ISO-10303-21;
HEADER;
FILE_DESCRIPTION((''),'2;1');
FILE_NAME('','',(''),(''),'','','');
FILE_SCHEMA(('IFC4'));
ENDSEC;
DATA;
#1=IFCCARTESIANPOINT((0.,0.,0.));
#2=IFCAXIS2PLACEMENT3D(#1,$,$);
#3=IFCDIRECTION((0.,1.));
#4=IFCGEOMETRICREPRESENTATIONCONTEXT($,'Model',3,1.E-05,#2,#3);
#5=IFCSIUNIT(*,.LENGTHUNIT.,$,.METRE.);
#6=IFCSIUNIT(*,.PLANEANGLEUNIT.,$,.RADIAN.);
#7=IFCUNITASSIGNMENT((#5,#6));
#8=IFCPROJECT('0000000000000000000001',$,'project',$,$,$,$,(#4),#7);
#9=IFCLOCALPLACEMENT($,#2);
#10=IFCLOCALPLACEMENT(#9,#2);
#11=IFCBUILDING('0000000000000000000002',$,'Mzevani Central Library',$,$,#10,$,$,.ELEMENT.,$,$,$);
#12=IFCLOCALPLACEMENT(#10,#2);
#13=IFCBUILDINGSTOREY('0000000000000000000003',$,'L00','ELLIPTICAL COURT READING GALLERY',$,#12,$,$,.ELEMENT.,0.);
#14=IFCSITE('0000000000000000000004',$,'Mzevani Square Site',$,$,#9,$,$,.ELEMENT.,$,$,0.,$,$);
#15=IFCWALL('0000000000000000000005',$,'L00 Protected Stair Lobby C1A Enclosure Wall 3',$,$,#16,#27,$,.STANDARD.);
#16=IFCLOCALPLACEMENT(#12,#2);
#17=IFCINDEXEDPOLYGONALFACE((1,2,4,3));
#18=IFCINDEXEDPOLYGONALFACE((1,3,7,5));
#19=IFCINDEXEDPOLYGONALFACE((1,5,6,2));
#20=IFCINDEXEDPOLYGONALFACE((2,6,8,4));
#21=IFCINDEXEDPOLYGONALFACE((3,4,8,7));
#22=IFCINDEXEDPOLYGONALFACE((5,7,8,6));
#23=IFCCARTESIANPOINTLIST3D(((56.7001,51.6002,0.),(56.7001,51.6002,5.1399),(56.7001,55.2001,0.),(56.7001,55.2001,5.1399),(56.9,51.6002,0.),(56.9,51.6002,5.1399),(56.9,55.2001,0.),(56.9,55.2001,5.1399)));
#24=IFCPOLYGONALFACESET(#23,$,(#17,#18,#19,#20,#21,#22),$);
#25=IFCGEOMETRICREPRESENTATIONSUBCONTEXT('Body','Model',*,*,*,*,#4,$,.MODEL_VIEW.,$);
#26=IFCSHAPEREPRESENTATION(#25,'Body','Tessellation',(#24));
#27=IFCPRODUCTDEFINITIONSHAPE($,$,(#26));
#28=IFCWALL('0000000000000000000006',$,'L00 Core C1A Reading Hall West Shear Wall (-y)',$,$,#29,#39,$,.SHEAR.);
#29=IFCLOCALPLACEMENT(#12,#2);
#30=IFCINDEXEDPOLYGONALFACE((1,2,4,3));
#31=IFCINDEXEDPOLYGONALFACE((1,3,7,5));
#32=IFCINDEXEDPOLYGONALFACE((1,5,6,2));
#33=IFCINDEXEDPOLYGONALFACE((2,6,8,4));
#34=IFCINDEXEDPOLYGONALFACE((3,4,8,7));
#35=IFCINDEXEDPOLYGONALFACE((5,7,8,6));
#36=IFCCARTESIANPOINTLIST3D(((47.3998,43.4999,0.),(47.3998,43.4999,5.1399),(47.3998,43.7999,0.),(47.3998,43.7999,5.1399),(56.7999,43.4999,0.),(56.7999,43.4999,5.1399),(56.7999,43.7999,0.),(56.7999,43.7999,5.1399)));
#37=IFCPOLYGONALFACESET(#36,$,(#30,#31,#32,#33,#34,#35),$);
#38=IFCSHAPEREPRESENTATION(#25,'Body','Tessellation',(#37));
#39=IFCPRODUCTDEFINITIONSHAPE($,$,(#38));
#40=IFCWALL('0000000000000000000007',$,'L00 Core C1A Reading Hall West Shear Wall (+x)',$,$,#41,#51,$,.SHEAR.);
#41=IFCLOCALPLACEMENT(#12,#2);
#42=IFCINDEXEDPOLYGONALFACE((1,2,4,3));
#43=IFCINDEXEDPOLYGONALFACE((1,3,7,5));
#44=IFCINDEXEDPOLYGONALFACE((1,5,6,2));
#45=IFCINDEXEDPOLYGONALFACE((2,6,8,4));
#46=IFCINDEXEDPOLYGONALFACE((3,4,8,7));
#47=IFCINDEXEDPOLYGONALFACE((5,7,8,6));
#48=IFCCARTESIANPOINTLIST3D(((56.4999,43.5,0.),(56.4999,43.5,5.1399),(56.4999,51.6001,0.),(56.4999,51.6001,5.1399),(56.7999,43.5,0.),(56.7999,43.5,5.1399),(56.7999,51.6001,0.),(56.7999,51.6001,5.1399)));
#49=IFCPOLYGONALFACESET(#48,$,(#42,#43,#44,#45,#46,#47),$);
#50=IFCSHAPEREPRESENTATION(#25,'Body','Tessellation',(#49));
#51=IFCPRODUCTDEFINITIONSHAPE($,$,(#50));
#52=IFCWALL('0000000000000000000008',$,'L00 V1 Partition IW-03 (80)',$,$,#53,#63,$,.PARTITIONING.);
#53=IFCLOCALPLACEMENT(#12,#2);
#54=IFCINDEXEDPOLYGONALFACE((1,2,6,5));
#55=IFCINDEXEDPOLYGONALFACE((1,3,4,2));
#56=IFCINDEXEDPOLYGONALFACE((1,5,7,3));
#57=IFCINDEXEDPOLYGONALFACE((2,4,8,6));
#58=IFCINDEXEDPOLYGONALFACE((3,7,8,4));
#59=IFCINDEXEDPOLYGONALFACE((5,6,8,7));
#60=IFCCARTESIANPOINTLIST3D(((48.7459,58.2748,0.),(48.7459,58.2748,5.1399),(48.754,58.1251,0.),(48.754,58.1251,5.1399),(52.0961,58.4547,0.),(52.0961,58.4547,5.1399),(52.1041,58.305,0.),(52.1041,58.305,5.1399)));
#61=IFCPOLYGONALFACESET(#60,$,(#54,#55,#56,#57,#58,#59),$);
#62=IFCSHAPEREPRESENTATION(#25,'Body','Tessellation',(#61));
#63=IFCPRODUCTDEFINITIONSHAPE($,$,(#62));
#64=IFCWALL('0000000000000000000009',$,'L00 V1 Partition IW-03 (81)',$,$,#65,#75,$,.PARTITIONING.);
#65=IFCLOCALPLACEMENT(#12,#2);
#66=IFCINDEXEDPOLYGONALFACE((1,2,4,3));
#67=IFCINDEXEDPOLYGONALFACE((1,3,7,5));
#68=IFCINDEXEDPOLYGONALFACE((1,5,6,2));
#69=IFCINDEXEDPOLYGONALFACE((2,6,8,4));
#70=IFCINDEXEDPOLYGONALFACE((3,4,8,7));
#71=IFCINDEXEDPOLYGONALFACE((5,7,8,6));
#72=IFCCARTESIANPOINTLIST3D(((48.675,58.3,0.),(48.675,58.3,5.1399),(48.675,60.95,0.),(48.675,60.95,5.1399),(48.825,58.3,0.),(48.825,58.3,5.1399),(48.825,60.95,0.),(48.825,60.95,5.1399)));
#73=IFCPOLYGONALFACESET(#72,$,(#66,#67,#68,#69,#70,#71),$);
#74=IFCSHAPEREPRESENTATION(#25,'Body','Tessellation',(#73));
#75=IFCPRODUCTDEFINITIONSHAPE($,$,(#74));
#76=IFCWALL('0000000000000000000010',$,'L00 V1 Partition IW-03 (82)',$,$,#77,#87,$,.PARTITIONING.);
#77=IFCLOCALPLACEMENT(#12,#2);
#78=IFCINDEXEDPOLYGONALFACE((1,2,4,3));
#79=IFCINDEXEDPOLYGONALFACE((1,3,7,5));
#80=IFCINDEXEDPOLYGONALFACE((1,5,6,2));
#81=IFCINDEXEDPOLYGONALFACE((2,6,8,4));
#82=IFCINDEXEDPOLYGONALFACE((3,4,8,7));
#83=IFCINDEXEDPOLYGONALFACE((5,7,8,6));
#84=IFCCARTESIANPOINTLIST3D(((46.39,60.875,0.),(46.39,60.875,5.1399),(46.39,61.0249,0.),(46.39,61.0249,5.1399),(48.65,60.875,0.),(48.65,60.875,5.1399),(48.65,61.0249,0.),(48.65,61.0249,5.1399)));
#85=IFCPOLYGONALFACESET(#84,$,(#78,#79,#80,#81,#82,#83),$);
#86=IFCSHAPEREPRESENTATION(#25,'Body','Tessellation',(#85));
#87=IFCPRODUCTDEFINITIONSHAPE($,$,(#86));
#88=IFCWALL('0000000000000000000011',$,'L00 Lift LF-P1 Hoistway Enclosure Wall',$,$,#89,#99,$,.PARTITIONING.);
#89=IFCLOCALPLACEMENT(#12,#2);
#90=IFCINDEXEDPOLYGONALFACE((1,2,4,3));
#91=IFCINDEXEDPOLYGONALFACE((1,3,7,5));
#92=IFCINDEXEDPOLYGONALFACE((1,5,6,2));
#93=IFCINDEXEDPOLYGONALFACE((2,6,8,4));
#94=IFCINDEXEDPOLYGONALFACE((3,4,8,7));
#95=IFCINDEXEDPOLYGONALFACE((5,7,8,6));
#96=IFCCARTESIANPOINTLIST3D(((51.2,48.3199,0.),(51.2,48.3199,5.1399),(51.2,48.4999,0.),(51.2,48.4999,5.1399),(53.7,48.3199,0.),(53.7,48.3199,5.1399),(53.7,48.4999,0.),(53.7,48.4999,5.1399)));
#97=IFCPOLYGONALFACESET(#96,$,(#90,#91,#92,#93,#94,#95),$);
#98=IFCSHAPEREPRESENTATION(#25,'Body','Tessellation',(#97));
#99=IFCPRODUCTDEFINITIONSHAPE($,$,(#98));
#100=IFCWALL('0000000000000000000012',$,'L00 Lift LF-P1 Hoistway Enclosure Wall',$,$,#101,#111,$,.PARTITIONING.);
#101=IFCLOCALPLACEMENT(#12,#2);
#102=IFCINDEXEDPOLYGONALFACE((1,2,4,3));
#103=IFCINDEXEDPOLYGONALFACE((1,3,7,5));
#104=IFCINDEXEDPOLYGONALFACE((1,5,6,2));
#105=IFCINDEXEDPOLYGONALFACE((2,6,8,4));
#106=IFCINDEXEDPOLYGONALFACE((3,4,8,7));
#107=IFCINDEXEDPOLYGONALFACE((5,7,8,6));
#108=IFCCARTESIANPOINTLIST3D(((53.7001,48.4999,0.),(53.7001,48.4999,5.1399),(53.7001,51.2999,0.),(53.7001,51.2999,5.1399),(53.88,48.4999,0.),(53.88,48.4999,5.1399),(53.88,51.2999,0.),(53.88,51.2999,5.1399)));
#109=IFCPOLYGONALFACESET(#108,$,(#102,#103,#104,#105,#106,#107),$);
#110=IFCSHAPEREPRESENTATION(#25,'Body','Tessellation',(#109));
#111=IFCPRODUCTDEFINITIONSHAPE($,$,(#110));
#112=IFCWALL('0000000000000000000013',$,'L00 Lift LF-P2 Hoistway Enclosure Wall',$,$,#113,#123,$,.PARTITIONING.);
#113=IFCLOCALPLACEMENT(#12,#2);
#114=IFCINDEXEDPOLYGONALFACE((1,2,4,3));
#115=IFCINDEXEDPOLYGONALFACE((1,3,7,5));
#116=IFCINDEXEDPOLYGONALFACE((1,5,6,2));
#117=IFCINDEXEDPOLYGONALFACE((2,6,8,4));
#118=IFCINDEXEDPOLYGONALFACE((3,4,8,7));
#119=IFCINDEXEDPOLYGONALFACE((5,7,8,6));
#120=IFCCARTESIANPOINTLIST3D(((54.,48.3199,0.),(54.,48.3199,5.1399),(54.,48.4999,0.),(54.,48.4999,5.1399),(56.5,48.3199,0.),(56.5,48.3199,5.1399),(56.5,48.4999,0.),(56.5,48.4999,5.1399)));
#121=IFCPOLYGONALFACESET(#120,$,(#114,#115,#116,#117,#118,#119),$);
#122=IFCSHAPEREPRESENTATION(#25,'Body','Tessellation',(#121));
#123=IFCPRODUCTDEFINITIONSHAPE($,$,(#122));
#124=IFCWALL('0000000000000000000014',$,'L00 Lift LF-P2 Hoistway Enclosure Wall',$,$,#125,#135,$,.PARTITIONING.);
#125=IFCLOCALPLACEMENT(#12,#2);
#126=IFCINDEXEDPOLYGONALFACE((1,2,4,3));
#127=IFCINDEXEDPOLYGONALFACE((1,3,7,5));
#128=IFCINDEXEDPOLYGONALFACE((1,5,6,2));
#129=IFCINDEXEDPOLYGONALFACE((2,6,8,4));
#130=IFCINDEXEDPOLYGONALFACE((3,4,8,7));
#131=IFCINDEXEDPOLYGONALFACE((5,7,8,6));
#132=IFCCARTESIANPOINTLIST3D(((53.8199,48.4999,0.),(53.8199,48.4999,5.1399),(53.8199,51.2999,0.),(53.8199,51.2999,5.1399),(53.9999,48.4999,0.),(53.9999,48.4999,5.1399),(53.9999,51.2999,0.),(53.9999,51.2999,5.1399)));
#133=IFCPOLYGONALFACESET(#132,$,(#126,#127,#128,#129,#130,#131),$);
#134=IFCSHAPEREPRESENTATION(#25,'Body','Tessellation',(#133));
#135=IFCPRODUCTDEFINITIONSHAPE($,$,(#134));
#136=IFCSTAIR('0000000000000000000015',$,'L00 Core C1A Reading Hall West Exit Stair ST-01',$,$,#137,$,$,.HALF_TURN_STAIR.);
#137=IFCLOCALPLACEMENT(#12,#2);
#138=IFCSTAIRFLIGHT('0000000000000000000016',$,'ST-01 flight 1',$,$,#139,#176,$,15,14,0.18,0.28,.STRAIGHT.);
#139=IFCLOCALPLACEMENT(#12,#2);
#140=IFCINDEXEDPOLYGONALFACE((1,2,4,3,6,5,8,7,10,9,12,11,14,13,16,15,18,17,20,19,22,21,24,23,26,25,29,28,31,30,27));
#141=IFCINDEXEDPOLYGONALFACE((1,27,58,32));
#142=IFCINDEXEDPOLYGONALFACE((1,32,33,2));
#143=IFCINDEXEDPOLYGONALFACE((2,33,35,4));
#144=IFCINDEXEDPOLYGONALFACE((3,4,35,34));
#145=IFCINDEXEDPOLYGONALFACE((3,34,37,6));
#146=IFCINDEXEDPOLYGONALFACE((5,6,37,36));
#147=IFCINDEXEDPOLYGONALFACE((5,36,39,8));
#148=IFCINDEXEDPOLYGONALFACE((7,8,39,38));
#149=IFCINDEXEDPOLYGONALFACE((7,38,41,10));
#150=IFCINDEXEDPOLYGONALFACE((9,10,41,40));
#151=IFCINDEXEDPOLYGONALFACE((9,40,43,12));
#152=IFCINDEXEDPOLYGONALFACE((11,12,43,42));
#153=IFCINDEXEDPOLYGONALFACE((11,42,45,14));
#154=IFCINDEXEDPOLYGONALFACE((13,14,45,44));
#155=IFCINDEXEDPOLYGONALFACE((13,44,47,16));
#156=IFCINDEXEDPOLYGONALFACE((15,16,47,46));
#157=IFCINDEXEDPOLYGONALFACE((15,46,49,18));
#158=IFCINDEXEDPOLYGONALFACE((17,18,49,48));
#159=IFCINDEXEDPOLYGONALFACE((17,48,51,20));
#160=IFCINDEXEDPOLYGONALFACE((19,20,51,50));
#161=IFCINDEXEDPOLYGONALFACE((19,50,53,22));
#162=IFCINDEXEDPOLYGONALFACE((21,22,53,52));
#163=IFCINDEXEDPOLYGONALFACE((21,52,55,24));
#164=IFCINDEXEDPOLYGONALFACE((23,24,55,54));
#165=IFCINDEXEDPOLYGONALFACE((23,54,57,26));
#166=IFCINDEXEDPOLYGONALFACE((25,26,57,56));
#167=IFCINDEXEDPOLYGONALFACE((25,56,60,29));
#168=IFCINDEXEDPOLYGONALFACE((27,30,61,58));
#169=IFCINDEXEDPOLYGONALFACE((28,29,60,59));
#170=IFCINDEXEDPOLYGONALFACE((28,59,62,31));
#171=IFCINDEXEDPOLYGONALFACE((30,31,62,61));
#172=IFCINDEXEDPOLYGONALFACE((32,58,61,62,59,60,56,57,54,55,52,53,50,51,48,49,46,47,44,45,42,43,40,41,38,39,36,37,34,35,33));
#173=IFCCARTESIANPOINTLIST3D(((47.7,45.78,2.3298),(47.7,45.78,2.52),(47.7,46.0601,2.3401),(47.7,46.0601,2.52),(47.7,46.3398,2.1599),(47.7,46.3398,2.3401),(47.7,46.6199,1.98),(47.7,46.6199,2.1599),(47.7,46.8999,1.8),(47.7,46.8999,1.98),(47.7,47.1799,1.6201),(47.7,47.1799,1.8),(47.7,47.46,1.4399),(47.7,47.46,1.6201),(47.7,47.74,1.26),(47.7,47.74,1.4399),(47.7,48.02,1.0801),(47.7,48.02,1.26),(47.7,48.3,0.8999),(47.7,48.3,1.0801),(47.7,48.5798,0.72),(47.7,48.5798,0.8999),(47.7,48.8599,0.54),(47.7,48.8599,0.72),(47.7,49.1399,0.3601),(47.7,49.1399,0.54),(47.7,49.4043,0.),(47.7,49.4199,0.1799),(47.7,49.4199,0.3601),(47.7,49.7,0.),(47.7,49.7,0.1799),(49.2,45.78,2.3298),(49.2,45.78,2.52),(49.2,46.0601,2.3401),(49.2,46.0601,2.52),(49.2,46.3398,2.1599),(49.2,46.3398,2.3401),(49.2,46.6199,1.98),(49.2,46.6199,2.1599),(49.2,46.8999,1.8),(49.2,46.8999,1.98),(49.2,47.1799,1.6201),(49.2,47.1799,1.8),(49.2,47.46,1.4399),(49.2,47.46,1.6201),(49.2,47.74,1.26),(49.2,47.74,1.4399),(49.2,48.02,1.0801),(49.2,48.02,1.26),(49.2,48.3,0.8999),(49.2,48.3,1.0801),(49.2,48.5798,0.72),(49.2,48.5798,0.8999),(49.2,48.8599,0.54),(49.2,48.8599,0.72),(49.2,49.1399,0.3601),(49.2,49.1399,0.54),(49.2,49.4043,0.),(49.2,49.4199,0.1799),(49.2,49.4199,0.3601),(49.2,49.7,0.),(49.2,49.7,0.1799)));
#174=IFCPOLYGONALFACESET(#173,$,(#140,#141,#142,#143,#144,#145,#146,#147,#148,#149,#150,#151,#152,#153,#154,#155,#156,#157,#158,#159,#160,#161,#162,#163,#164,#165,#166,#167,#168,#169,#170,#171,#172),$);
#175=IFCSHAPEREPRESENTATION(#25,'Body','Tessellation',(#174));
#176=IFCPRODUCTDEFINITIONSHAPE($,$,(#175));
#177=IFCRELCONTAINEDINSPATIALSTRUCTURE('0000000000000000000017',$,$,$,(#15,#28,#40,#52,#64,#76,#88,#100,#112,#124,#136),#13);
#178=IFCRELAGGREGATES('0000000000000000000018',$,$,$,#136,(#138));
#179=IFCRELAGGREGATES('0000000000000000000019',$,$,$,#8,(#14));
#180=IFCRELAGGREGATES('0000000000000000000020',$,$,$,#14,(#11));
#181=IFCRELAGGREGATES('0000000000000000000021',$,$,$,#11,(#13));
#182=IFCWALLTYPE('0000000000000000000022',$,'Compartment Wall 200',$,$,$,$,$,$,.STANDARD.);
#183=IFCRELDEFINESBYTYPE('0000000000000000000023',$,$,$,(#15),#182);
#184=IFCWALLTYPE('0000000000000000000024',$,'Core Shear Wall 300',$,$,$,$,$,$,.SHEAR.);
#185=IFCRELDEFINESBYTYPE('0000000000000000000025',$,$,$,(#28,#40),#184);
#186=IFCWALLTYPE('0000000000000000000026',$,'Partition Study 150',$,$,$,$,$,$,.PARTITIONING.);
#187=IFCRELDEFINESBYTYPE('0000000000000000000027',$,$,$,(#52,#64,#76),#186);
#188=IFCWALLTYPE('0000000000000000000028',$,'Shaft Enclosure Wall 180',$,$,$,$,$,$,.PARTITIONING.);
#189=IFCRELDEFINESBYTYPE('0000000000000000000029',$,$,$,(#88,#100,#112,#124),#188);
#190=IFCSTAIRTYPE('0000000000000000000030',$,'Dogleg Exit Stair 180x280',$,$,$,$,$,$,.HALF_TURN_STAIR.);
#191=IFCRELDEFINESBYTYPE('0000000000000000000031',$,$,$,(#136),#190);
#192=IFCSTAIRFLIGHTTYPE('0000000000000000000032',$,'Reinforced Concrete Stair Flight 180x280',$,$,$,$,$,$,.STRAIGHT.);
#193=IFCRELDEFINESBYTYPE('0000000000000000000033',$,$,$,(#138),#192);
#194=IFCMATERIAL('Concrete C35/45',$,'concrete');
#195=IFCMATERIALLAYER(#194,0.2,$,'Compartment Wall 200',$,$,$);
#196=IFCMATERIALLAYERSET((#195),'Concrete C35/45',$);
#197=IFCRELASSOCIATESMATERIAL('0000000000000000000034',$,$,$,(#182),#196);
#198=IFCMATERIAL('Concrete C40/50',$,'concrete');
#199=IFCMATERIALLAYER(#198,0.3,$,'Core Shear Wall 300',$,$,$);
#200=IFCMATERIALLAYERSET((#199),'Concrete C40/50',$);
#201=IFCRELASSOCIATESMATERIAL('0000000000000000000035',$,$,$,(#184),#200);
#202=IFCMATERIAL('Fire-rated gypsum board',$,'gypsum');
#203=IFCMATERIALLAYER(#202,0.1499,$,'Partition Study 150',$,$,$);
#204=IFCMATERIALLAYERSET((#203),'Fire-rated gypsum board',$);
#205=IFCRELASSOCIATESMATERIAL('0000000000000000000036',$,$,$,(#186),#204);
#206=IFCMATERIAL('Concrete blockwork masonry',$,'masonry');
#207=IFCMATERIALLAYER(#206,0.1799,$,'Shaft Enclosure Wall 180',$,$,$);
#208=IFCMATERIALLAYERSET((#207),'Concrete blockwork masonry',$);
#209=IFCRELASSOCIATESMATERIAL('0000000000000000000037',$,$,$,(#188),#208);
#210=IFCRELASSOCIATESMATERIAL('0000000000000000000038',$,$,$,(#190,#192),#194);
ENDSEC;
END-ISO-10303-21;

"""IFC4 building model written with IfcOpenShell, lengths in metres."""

from ifc_helpers import new_model, si_unit, direction, frame, frame_2d, origin, place, context, subcontext, project, spatial, polyline, rectangle, outline, extrude, material, layer, layer_set, type_object, element, aggregate, save


model = new_model("IFC4")

# Units and contexts
model_context = context("Model", 3, precision=1e-05, world=origin(), true_north=direction((0.0, 1.0)))
body_context = subcontext(model_context, "Body", "Model", "MODEL_VIEW")
ifc_project = project(units=[si_unit("LENGTHUNIT", "METRE"), si_unit("PLANEANGLEUNIT", "RADIAN")], contexts=[model_context])

# Site, building, storey
site_placement = place(None, origin())
site = spatial("IfcSite", under=ifc_project, at=site_placement, Name="Mzevani Square Site", CompositionType="ELEMENT", RefElevation=0.0)
building_placement = place(site_placement, origin())
building = spatial("IfcBuilding", under=site, at=building_placement, Name="Mzevani Central Library", CompositionType="ELEMENT")
storey_placement = place(building_placement, origin())
storey = spatial("IfcBuildingStorey", under=building, at=storey_placement, Name="L00", Description="ELLIPTICAL COURT READING GALLERY", CompositionType="ELEMENT", Elevation=0.0)

# Shared definitions
ifc_material_1 = material(Name="Concrete C40/50", Category="concrete")

# Shared definitions
ifc_material_2 = material(Name="Concrete C35/45", Category="concrete")

# Shared definitions
ifc_layer_1 = layer(ifc_material_2, 0.2, Name="Compartment Wall 200")
ifc_layer_set_1 = layer_set([ifc_layer_1], Name="Concrete C35/45")
wall_type_1 = type_object("IfcWallType", Name="Compartment Wall 200", PredefinedType="STANDARD", material=ifc_layer_set_1)

# Walls
wall_1_placement = place(storey_placement, frame((56.8, 55.2, 0.0), z_axis=(0.0, 0.0, 1.0), x_axis=(0.0, -1.0, 0.0)))
element("IfcWall", 1, at=wall_1_placement, inside=storey, type_object=wall_type_1, Name="L00 Protected Stair Lobby C1A Enclosure Wall 3", PredefinedType="STANDARD", context=body_context, shape_type="SweptSolid", body=[
    extrude(rectangle(XDim=3.5999, YDim=0.2, at=frame_2d((1.7998, 0.0))), origin(), (0.0, 0.0, 1.0), 5.1399),
])
ifc_layer_2 = layer(ifc_material_1, 0.3, Name="Core Shear Wall 300")
ifc_layer_set_2 = layer_set([ifc_layer_2], Name="Concrete C40/50")
wall_type_2 = type_object("IfcWallType", Name="Core Shear Wall 300", PredefinedType="SHEAR", material=ifc_layer_set_2)
wall_2_placement = place(storey_placement, frame((56.8, 43.6499, 0.0), z_axis=(0.0, 0.0, 1.0), x_axis=(-1.0, 0.0, 0.0)))
element("IfcWall", 2, at=wall_2_placement, inside=storey, type_object=wall_type_2, Name="L00 Core C1A Reading Hall West Shear Wall (-y)", PredefinedType="SHEAR", context=body_context, shape_type="SweptSolid", body=[
    extrude(rectangle(XDim=9.4001, YDim=0.3, at=frame_2d((4.7002, 0.0))), origin(), (0.0, 0.0, 1.0), 5.1399),
])

# Walls
wall_3_placement = place(storey_placement, frame((56.6499, 51.6001, 0.0), z_axis=(0.0, 0.0, 1.0), x_axis=(0.0, -1.0, 0.0)))
element("IfcWall", 3, at=wall_3_placement, inside=storey, type_object=wall_type_2, Name="L00 Core C1A Reading Hall West Shear Wall (+x)", PredefinedType="SHEAR", context=body_context, shape_type="SweptSolid", body=[
    extrude(rectangle(XDim=8.1001, YDim=0.3, at=frame_2d((4.05, 0.0))), origin(), (0.0, 0.0, 1.0), 5.1399),
])
ifc_material_3 = material(Name="Fire-rated gypsum board", Category="gypsum")
ifc_layer_3 = layer(ifc_material_3, 0.1499, Name="Partition Study 150")
ifc_layer_set_3 = layer_set([ifc_layer_3], Name="Fire-rated gypsum board")
wall_type_3 = type_object("IfcWallType", Name="Partition Study 150", PredefinedType="PARTITIONING", material=ifc_layer_set_3)
wall_4_placement = place(storey_placement, frame((52.1001, 58.3799, 0.0), z_axis=(0.0, 0.0, 1.0), x_axis=(-0.998561, -0.053632, 0.0)))
element("IfcWall", 4, at=wall_4_placement, inside=storey, type_object=wall_type_3, Name="L00 V1 Partition IW-03 (80)", PredefinedType="PARTITIONING", context=body_context, shape_type="SweptSolid", body=[
    extrude(rectangle(XDim=3.355, YDim=0.1499, at=frame_2d((1.6775, 0.0))), origin(), (0.0, 0.0, 1.0), 5.1399),
])
wall_5_placement = place(storey_placement, frame((48.75, 58.3, 0.0), z_axis=(0.0, 0.0, 1.0), x_axis=(0.0, 1.0, 0.0)))
element("IfcWall", 5, at=wall_5_placement, inside=storey, type_object=wall_type_3, Name="L00 V1 Partition IW-03 (81)", PredefinedType="PARTITIONING", context=body_context, shape_type="SweptSolid", body=[
    extrude(rectangle(XDim=2.6499, YDim=0.1499, at=frame_2d((1.325, 0.0))), origin(), (0.0, 0.0, 1.0), 5.1399),
])
wall_6_placement = place(storey_placement, frame((48.6499, 60.95, 0.0), z_axis=(0.0, 0.0, 1.0), x_axis=(-1.0, 0.0, 0.0)))
element("IfcWall", 6, at=wall_6_placement, inside=storey, type_object=wall_type_3, Name="L00 V1 Partition IW-03 (82)", PredefinedType="PARTITIONING", context=body_context, shape_type="SweptSolid", body=[
    extrude(rectangle(XDim=2.26, YDim=0.1499, at=frame_2d((1.1299, 0.0))), origin(), (0.0, 0.0, 1.0), 5.1399),
])
ifc_material_4 = material(Name="Concrete blockwork masonry", Category="masonry")
ifc_layer_4 = layer(ifc_material_4, 0.1799, Name="Shaft Enclosure Wall 180")
ifc_layer_set_4 = layer_set([ifc_layer_4], Name="Concrete blockwork masonry")
wall_type_4 = type_object("IfcWallType", Name="Shaft Enclosure Wall 180", PredefinedType="PARTITIONING", material=ifc_layer_set_4)
wall_7_placement = place(storey_placement, frame((51.2, 48.4099, 0.0), z_axis=(0.0, 0.0, 1.0), x_axis=(1.0, 0.0, 0.0)))
element("IfcWall", 7, at=wall_7_placement, inside=storey, type_object=wall_type_4, Name="L00 Lift LF-P1 Hoistway Enclosure Wall", PredefinedType="PARTITIONING", context=body_context, shape_type="SweptSolid", body=[
    extrude(rectangle(XDim=2.5, YDim=0.1799, at=frame_2d((1.25, 0.0))), origin(), (0.0, 0.0, 1.0), 5.1399),
])
wall_8_placement = place(storey_placement, frame((53.79, 48.5, 0.0), z_axis=(0.0, 0.0, 1.0), x_axis=(0.0, 1.0, 0.0)))
element("IfcWall", 8, at=wall_8_placement, inside=storey, type_object=wall_type_4, Name="L00 Lift LF-P1 Hoistway Enclosure Wall", PredefinedType="PARTITIONING", context=body_context, shape_type="SweptSolid", body=[
    extrude(rectangle(XDim=2.8, YDim=0.1799, at=frame_2d((1.3999, 0.0))), origin(), (0.0, 0.0, 1.0), 5.1399),
])
wall_9_placement = place(storey_placement, frame((54.0, 48.4099, 0.0), z_axis=(0.0, 0.0, 1.0), x_axis=(1.0, 0.0, 0.0)))
element("IfcWall", 9, at=wall_9_placement, inside=storey, type_object=wall_type_4, Name="L00 Lift LF-P2 Hoistway Enclosure Wall", PredefinedType="PARTITIONING", context=body_context, shape_type="SweptSolid", body=[
    extrude(rectangle(XDim=2.5, YDim=0.1799, at=frame_2d((1.25, 0.0))), origin(), (0.0, 0.0, 1.0), 5.1399),
])
wall_10_placement = place(storey_placement, frame((53.9099, 48.5, 0.0), z_axis=(0.0, 0.0, 1.0), x_axis=(0.0, 1.0, 0.0)))
element("IfcWall", 10, at=wall_10_placement, inside=storey, type_object=wall_type_4, Name="L00 Lift LF-P2 Hoistway Enclosure Wall", PredefinedType="PARTITIONING", context=body_context, shape_type="SweptSolid", body=[
    extrude(rectangle(XDim=2.8, YDim=0.1799, at=frame_2d((1.3999, 0.0))), origin(), (0.0, 0.0, 1.0), 5.1399),
])

# Stair, stair flight
stair_type = type_object("IfcStairType", Name="Dogleg Exit Stair 180x280", PredefinedType="HALF_TURN_STAIR", material=ifc_material_2)
stair_placement = place(storey_placement, origin())
stair = element("IfcStair", 11, at=stair_placement, inside=storey, type_object=stair_type, Name="L00 Core C1A Reading Hall West Exit Stair ST-01", PredefinedType="HALF_TURN_STAIR")
stair_flight_type = type_object("IfcStairFlightType", Name="Reinforced Concrete Stair Flight 180x280", PredefinedType="STRAIGHT", material=ifc_material_2)
stair_flight_1_placement = place(storey_placement, frame((48.45, 49.7, 0.0), z_axis=(0.0, 0.0, 1.0), x_axis=(0.0, -1.0, 0.0)))
stair_flight_1 = element("IfcStairFlight", 12, at=stair_flight_1_placement, type_object=stair_flight_type, Name="ST-01 flight 1", NumberOfRisers=15, NumberOfTreads=14, PredefinedType="STRAIGHT", RiserHeight=0.18, TreadLength=0.28, context=body_context, shape_type="SweptSolid", body=[
    extrude(outline(polyline([(0.0, 0.0), (0.0, 0.1799), (0.28, 0.1799), (0.28, 0.3601), (0.5601, 0.3601), (0.5601, 0.54), (0.8401, 0.54), (0.8401, 0.72), (1.1201, 0.72), (1.1201, 0.8999), (1.3999, 0.8999), (1.3999, 1.0801), (1.6799, 1.0801), (1.6799, 1.26), (1.96, 1.26), (1.96, 1.4399), (2.24, 1.4399), (2.24, 1.6201), (2.52, 1.6201), (2.52, 1.8), (2.8, 1.8), (2.8, 1.98), (3.0801, 1.98), (3.0801, 2.1599), (3.3601, 2.1599), (3.3601, 2.3401), (3.6399, 2.3401), (3.6399, 2.52), (3.9199, 2.52), (3.9199, 2.7), (3.9199, 2.3298), (0.2957, 0.0), (0.0, 0.0)])), frame((0.0, 0.75, 0.0), z_axis=(0.0, -1.0, 0.0), x_axis=(1.0, 0.0, 0.0)), (0.0, 0.0, 1.0), 1.5),
])
aggregate(stair, [stair_flight_1])

save(model, "model.ifc")
